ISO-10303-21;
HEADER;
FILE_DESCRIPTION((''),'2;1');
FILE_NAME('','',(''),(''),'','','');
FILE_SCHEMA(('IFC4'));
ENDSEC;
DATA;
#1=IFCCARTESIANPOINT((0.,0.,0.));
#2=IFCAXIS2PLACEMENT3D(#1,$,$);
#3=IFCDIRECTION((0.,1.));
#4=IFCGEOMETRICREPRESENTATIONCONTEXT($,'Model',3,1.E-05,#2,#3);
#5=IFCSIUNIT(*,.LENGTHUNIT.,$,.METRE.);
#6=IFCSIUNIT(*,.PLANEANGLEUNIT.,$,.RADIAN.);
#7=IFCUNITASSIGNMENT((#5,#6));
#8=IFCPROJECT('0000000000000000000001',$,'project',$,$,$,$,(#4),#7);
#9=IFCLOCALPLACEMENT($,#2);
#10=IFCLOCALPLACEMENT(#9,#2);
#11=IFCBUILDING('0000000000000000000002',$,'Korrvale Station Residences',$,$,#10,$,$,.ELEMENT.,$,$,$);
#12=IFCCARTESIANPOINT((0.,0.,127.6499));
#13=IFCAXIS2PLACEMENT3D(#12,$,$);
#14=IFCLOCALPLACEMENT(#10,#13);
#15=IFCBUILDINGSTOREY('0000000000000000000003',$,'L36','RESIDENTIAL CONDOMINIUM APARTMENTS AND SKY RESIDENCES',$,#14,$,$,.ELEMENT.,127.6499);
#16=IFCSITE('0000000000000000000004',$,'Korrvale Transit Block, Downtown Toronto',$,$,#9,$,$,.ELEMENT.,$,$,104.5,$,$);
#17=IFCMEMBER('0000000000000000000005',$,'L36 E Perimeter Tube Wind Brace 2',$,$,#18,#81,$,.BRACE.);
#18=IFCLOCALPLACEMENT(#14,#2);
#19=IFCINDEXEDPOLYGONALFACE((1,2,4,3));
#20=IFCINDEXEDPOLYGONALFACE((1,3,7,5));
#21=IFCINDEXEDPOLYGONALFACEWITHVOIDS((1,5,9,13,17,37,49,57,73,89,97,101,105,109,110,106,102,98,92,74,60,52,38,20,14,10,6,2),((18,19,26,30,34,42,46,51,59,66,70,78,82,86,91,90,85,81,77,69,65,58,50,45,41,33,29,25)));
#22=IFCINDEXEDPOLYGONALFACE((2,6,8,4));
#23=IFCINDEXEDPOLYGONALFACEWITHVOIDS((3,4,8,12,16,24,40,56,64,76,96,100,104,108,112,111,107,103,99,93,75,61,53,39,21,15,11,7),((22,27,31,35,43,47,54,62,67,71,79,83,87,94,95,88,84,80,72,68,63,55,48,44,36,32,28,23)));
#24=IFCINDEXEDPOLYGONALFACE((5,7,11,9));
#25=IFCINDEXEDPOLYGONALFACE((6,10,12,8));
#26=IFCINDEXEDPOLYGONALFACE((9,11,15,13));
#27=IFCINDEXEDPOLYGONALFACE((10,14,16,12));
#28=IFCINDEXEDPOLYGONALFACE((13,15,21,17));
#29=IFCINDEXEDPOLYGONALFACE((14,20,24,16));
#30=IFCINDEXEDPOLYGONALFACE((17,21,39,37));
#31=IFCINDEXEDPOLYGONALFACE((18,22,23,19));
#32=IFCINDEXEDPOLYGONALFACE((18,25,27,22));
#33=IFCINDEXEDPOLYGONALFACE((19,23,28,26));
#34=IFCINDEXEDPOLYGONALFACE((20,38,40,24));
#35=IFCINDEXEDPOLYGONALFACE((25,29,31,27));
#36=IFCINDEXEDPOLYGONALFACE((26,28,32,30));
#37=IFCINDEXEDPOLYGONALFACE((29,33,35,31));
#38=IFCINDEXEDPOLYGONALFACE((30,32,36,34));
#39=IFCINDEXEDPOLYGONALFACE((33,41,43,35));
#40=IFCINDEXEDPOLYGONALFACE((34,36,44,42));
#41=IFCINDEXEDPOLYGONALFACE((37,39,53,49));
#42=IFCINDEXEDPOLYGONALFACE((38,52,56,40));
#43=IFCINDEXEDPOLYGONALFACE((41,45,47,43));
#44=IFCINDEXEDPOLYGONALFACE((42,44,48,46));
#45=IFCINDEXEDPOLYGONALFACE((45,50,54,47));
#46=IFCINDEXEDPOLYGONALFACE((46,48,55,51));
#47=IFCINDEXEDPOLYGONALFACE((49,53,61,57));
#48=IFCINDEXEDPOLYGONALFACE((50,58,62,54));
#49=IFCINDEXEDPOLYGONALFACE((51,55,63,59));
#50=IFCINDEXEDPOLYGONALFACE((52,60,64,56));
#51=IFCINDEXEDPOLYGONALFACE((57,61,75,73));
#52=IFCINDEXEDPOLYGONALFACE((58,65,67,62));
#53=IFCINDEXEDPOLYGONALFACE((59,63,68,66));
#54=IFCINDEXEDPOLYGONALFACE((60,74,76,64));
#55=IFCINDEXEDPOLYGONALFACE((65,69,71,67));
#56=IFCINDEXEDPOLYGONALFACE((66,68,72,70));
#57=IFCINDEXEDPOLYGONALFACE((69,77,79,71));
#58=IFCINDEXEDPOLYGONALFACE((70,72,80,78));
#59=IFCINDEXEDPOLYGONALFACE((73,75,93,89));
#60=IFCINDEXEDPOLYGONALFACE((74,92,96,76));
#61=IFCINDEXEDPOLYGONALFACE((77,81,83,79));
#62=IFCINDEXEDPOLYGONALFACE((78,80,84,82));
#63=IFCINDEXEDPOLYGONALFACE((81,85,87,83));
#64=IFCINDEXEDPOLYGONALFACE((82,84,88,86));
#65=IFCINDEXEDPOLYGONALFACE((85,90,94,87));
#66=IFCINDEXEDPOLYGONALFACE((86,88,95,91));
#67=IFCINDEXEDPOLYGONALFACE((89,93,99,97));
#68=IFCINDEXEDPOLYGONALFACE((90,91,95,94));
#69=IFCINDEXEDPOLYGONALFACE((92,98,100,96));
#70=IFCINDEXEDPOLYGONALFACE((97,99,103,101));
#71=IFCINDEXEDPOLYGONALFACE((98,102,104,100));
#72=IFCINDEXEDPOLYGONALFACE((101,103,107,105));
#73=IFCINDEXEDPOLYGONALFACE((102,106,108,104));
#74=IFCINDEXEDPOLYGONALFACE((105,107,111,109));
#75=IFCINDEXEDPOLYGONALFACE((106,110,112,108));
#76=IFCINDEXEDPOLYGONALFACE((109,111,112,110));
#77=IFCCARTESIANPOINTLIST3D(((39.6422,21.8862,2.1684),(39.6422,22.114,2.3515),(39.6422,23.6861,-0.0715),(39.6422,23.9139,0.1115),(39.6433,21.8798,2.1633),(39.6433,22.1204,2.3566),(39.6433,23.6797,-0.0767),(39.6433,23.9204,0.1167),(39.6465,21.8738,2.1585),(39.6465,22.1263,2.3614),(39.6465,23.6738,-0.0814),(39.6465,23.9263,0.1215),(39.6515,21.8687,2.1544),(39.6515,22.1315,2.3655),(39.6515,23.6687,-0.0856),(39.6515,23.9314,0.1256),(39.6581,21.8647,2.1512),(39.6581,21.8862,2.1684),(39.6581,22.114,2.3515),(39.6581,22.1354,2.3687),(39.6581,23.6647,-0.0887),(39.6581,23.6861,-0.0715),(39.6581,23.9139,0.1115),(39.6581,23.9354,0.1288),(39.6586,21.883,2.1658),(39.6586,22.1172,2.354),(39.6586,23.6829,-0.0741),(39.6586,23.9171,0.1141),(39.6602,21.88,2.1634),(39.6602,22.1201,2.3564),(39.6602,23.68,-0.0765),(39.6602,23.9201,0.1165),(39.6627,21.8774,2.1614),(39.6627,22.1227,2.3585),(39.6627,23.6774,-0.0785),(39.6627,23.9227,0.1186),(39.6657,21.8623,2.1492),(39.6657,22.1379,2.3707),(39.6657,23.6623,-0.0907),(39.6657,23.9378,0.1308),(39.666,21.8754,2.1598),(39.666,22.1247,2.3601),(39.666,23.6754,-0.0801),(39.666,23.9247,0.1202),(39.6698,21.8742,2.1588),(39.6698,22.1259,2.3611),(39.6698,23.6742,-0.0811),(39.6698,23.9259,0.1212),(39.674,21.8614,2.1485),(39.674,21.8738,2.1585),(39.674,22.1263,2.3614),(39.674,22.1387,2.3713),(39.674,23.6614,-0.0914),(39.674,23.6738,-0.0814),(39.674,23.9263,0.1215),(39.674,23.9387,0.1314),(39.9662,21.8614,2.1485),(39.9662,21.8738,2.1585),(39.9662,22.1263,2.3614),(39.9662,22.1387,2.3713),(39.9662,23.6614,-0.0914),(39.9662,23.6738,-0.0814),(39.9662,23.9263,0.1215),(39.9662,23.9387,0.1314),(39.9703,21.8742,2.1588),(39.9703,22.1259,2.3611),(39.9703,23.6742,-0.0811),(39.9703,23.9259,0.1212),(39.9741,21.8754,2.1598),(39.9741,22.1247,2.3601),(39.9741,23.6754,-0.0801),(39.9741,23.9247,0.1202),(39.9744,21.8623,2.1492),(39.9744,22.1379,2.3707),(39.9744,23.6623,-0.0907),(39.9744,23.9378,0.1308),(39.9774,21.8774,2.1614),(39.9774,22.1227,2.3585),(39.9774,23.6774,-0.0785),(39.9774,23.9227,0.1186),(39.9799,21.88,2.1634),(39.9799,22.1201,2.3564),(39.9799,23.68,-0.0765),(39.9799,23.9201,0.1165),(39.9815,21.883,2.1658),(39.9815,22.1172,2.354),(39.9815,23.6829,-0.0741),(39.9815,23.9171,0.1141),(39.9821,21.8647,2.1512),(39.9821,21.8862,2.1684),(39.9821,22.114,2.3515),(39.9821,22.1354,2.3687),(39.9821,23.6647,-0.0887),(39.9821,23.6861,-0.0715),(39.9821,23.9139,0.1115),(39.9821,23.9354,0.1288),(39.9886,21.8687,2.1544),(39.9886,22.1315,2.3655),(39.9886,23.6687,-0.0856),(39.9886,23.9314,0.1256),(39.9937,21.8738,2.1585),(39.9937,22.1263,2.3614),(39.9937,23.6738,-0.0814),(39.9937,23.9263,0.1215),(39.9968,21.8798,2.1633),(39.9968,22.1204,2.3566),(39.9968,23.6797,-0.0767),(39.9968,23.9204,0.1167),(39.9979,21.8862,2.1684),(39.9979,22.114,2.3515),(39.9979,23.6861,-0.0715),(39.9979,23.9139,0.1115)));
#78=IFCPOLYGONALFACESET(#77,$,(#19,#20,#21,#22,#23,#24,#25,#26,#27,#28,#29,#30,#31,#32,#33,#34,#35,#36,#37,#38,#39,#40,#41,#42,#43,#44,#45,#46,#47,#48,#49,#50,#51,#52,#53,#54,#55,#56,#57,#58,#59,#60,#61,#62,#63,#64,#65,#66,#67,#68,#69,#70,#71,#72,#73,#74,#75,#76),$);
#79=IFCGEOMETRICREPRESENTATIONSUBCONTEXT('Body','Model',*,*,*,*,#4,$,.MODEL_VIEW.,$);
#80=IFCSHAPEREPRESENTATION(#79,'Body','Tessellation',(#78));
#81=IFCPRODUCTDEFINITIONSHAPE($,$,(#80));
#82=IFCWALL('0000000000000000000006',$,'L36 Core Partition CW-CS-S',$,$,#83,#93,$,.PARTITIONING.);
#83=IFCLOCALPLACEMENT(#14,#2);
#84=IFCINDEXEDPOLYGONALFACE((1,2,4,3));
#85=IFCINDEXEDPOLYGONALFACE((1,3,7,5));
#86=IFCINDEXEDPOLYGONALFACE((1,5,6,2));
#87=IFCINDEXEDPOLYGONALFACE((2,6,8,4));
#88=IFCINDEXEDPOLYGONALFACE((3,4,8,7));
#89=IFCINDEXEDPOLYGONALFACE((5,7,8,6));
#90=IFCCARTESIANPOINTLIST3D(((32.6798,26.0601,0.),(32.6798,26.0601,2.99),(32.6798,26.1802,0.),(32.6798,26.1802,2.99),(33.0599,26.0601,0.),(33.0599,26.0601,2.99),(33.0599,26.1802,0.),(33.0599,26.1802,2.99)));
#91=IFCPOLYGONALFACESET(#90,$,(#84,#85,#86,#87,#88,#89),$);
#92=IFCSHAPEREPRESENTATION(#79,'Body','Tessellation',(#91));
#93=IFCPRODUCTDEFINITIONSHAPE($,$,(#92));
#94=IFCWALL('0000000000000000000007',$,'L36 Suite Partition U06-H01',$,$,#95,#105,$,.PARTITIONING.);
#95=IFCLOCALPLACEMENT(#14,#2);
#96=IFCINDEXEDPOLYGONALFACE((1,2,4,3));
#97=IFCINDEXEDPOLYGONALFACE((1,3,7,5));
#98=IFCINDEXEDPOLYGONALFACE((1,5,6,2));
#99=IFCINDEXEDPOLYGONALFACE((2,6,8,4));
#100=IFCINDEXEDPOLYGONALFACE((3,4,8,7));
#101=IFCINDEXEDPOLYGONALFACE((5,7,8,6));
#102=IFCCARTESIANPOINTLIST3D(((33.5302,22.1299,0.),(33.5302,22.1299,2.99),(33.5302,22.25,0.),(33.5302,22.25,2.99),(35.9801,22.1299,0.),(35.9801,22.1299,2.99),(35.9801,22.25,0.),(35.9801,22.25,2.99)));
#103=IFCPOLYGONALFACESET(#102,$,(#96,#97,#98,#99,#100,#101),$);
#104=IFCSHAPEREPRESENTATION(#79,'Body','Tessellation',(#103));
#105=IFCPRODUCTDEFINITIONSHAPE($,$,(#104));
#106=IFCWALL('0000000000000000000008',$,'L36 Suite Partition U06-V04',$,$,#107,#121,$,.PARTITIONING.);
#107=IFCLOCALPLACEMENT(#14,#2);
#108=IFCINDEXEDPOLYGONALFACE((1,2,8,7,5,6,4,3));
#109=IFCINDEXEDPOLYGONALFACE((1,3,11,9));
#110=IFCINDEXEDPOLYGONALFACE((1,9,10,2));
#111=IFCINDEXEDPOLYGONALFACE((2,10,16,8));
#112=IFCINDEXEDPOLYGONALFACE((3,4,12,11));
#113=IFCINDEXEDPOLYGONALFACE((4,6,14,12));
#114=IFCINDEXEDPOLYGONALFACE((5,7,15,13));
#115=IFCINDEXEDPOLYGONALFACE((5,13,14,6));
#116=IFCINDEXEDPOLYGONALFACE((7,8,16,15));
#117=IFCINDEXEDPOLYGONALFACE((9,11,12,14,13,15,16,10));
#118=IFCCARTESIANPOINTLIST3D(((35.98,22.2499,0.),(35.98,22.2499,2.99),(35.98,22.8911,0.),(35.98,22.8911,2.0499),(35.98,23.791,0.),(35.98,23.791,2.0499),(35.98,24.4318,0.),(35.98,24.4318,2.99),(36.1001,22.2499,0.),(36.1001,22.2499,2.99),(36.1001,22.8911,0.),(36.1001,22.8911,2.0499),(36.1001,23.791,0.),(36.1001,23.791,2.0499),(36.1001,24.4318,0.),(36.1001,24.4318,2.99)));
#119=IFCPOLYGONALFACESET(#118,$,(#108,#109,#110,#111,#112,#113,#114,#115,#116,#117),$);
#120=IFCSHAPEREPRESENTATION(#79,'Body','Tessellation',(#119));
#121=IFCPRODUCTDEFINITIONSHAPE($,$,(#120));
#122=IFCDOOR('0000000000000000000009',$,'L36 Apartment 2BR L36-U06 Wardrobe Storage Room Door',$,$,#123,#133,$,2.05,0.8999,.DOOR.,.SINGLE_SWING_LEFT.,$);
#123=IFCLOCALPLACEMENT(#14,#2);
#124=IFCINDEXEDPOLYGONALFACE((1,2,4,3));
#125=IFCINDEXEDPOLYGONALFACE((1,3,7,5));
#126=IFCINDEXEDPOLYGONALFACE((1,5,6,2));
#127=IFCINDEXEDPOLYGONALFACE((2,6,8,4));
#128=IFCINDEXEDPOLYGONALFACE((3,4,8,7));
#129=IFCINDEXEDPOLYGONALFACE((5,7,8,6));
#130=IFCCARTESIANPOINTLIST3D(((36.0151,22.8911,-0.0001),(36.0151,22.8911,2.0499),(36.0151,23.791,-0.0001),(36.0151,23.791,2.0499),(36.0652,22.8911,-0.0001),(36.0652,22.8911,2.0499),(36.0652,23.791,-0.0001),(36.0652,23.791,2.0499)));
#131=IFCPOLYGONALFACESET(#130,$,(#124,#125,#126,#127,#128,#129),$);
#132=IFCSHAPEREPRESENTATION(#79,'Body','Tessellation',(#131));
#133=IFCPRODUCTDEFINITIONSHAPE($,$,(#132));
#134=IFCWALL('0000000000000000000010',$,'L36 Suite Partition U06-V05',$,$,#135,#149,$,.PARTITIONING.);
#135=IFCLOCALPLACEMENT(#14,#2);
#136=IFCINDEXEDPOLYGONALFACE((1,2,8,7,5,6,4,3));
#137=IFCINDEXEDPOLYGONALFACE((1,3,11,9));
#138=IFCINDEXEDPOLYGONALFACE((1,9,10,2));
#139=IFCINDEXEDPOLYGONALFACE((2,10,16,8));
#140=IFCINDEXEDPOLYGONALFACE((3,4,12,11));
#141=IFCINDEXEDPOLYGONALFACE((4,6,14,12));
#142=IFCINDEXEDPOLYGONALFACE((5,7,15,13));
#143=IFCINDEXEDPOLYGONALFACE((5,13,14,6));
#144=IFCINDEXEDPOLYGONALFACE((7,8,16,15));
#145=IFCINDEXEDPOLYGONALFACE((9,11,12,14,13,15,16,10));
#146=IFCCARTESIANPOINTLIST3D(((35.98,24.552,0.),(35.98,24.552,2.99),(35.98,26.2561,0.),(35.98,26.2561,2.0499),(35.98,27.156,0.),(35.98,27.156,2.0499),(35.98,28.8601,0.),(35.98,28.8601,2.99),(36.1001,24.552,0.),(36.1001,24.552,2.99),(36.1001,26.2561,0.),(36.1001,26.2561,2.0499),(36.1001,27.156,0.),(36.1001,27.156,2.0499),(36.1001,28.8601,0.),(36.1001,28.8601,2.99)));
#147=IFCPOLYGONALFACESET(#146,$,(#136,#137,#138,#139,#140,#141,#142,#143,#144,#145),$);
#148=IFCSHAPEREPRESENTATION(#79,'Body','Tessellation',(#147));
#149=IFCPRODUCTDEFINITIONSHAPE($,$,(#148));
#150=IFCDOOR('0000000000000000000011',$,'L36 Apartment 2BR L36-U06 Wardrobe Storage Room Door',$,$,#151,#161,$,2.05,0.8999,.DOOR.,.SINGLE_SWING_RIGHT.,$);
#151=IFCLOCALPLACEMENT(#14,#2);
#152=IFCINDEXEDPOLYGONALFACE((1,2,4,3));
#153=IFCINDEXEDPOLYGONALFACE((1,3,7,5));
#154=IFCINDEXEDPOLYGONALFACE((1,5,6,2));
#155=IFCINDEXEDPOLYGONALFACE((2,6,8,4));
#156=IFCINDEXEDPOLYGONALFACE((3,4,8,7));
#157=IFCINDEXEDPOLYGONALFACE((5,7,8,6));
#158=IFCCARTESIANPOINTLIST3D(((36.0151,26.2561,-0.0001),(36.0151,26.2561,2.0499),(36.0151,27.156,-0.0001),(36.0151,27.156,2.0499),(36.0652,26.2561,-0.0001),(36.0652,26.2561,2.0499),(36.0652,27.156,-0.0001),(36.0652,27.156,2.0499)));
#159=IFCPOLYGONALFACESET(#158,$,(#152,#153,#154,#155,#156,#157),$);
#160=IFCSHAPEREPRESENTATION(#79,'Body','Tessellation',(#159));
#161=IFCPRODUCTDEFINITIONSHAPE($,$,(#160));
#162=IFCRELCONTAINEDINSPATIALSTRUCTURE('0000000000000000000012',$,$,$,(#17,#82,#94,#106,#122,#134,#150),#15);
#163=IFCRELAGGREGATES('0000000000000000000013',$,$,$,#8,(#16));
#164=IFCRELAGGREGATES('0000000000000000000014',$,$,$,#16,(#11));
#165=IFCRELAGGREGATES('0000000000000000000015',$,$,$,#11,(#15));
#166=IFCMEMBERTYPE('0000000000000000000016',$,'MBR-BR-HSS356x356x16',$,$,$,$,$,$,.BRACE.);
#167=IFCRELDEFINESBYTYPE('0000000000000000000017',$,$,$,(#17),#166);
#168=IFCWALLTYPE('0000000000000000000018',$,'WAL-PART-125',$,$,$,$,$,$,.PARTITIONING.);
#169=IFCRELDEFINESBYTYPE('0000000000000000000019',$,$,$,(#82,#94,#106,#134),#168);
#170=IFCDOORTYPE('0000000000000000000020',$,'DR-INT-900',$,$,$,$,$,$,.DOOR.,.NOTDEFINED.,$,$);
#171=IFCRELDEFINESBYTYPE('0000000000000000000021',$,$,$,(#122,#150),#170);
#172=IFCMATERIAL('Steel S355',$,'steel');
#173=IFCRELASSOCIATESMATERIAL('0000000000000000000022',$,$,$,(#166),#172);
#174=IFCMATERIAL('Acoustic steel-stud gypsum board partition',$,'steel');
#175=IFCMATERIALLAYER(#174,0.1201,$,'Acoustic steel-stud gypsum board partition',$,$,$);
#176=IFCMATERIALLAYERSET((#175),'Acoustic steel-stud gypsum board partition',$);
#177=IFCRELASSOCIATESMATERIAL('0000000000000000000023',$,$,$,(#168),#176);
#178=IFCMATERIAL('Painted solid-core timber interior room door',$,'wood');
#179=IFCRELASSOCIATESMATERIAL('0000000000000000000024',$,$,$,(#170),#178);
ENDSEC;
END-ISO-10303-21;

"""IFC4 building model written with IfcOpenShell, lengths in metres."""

from ifc_helpers import new_model, si_unit, direction, frame, frame_2d, origin, origin_2d, place, context, subcontext, project, spatial, rectangle, hollow_rectangle, extrude, material, layer, layer_set, material_profile, profile_set, type_object, element, fill, save


model = new_model("IFC4")

# Units and contexts
model_context = context("Model", 3, precision=1e-05, world=origin(), true_north=direction((0.0, 1.0)))
body_context = subcontext(model_context, "Body", "Model", "MODEL_VIEW")
ifc_project = project(units=[si_unit("LENGTHUNIT", "METRE"), si_unit("PLANEANGLEUNIT", "RADIAN")], contexts=[model_context])

# Site, building, storey
site_placement = place(None, origin())
site = spatial("IfcSite", under=ifc_project, at=site_placement, Name="Korrvale Transit Block, Downtown Toronto", CompositionType="ELEMENT", RefElevation=104.5)
building_placement = place(site_placement, origin())
building = spatial("IfcBuilding", under=site, at=building_placement, Name="Korrvale Station Residences", CompositionType="ELEMENT")
storey_placement = place(building_placement, frame((0.0, 0.0, 127.6499)))
storey = spatial("IfcBuildingStorey", under=building, at=storey_placement, Name="L36", Description="RESIDENTIAL CONDOMINIUM APARTMENTS AND SKY RESIDENCES", CompositionType="ELEMENT", Elevation=127.6499)

# Shared definitions
ifc_material_1 = material(Name="Steel S355", Category="steel")

# Member
ifc_material_profile_1 = material_profile(ifc_material_1, hollow_rectangle(XDim=0.3557, YDim=0.3557, WallThickness=0.0159, InnerFilletRadius=0.0159, OuterFilletRadius=0.0317, at=origin_2d()), Name="HSS356x356x16")
ifc_profile_set_1 = profile_set([ifc_material_profile_1], Name="Steel S355")
member_type = type_object("IfcMemberType", Name="MBR-BR-HSS356x356x16", PredefinedType="BRACE", material=ifc_profile_set_1)
member_placement = place(storey_placement, frame((39.8201, 23.8, 0.02), z_axis=(0.0, -0.626403, 0.779499), x_axis=(1.0, 0.0, 0.0)))
element("IfcMember", 1, at=member_placement, inside=storey, type_object=member_type, Name="L36 E Perimeter Tube Wind Brace 2", PredefinedType="BRACE", context=body_context, shape_type="SweptSolid", body=[
    extrude(hollow_rectangle(XDim=0.3557, YDim=0.3557, WallThickness=0.0159, InnerFilletRadius=0.0159, OuterFilletRadius=0.0317, at=origin_2d()), origin(), (0.0, 0.0, 1.0), 2.8735),
])

# Walls
ifc_material_2 = material(Name="Acoustic steel-stud gypsum board partition", Category="steel")
ifc_layer_1 = layer(ifc_material_2, 0.1201, Name="Acoustic steel-stud gypsum board partition")
ifc_layer_set_1 = layer_set([ifc_layer_1], Name="Acoustic steel-stud gypsum board partition")
wall_type_1 = type_object("IfcWallType", Name="WAL-PART-125", PredefinedType="PARTITIONING", material=ifc_layer_set_1)
wall_1_placement = place(storey_placement, frame((32.6799, 26.1201, 0.0), z_axis=(0.0, 0.0, 1.0), x_axis=(1.0, 0.0, 0.0)))
element("IfcWall", 2, at=wall_1_placement, inside=storey, type_object=wall_type_1, Name="L36 Core Partition CW-CS-S", PredefinedType="PARTITIONING", context=body_context, shape_type="SweptSolid", body=[
    extrude(rectangle(XDim=0.3801, YDim=0.1201, at=frame_2d((0.1899, 0.0))), origin(), (0.0, 0.0, 1.0), 2.99),
])
wall_2_placement = place(storey_placement, frame((33.53, 22.1899, 0.0), z_axis=(0.0, 0.0, 1.0), x_axis=(1.0, 0.0, 0.0)))
element("IfcWall", 3, at=wall_2_placement, inside=storey, type_object=wall_type_1, Name="L36 Suite Partition U06-H01", PredefinedType="PARTITIONING", context=body_context, shape_type="SweptSolid", body=[
    extrude(rectangle(XDim=2.45, YDim=0.1201, at=frame_2d((1.2251, 0.0))), origin(), (0.0, 0.0, 1.0), 2.99),
])

# Walls, openings, doors
wall_3_placement = place(storey_placement, frame((36.04, 22.25, 0.0), z_axis=(0.0, 0.0, 1.0), x_axis=(0.0, 1.0, 0.0)))
wall_3 = element("IfcWall", 4, at=wall_3_placement, inside=storey, type_object=wall_type_1, Name="L36 Suite Partition U06-V04", PredefinedType="PARTITIONING", context=body_context, shape_type="SweptSolid", body=[
    extrude(rectangle(XDim=2.1819, YDim=0.1201, at=frame_2d((1.0908, 0.0))), origin(), (0.0, 0.0, 1.0), 2.99),
])
opening_1_placement = place(wall_3_placement, frame((0.6411, 0.0, 0.0)))
opening_1 = element("IfcOpeningElement", 5, at=opening_1_placement, cuts=wall_3, PredefinedType="OPENING", context=body_context, shape_type="SweptSolid", body=[
    extrude(rectangle(XDim=0.8999, YDim=2.05, at=frame_2d((0.45, 1.0249))), frame((0.0, 0.0701, 0.0), z_axis=(0.0, -1.0, 0.0), x_axis=(1.0, 0.0, 0.0)), (0.0, 0.0, 1.0), 0.1401),
])
ifc_material_3 = material(Name="Painted solid-core timber interior room door", Category="wood")
door_type = type_object("IfcDoorType", Name="DR-INT-900", OperationType="NOTDEFINED", PredefinedType="DOOR", material=ifc_material_3)
door_1_placement = place(opening_1_placement, origin())
door_1 = element("IfcDoor", 6, at=door_1_placement, inside=storey, type_object=door_type, Name="L36 Apartment 2BR L36-U06 Wardrobe Storage Room Door", OperationType="SINGLE_SWING_LEFT", OverallHeight=2.05, OverallWidth=0.8999, PredefinedType="DOOR", context=body_context, shape_type="SweptSolid", body=[
    extrude(rectangle(XDim=0.8999, YDim=2.05, at=frame_2d((0.45, 1.0249))), frame((0.0, 0.0249, 0.0), z_axis=(0.0, -1.0, 0.0), x_axis=(1.0, 0.0, 0.0)), (0.0, 0.0, 1.0), 0.05),
])
fill(opening_1, door_1)
wall_4_placement = place(storey_placement, frame((36.04, 24.552, 0.0), z_axis=(0.0, 0.0, 1.0), x_axis=(0.0, 1.0, 0.0)))
wall_4 = element("IfcWall", 7, at=wall_4_placement, inside=storey, type_object=wall_type_1, Name="L36 Suite Partition U06-V05", PredefinedType="PARTITIONING", context=body_context, shape_type="SweptSolid", body=[
    extrude(rectangle(XDim=4.3081, YDim=0.1201, at=frame_2d((2.1541, 0.0))), origin(), (0.0, 0.0, 1.0), 2.99),
])
opening_2_placement = place(wall_4_placement, frame((1.7041, 0.0, 0.0)))
opening_2 = element("IfcOpeningElement", 8, at=opening_2_placement, cuts=wall_4, PredefinedType="OPENING", context=body_context, shape_type="SweptSolid", body=[
    extrude(rectangle(XDim=0.8999, YDim=2.05, at=frame_2d((0.45, 1.0249))), frame((0.0, 0.0701, 0.0), z_axis=(0.0, -1.0, 0.0), x_axis=(1.0, 0.0, 0.0)), (0.0, 0.0, 1.0), 0.1401),
])
door_2_placement = place(opening_2_placement, origin())
door_2 = element("IfcDoor", 9, at=door_2_placement, inside=storey, type_object=door_type, Name="L36 Apartment 2BR L36-U06 Wardrobe Storage Room Door", OperationType="SINGLE_SWING_RIGHT", OverallHeight=2.05, OverallWidth=0.8999, PredefinedType="DOOR", context=body_context, shape_type="SweptSolid", body=[
    extrude(rectangle(XDim=0.8999, YDim=2.05, at=frame_2d((0.45, 1.0249))), frame((0.0, 0.0249, 0.0), z_axis=(0.0, -1.0, 0.0), x_axis=(1.0, 0.0, 0.0)), (0.0, 0.0, 1.0), 0.05),
])
fill(opening_2, door_2)

save(model, "model.ifc")
